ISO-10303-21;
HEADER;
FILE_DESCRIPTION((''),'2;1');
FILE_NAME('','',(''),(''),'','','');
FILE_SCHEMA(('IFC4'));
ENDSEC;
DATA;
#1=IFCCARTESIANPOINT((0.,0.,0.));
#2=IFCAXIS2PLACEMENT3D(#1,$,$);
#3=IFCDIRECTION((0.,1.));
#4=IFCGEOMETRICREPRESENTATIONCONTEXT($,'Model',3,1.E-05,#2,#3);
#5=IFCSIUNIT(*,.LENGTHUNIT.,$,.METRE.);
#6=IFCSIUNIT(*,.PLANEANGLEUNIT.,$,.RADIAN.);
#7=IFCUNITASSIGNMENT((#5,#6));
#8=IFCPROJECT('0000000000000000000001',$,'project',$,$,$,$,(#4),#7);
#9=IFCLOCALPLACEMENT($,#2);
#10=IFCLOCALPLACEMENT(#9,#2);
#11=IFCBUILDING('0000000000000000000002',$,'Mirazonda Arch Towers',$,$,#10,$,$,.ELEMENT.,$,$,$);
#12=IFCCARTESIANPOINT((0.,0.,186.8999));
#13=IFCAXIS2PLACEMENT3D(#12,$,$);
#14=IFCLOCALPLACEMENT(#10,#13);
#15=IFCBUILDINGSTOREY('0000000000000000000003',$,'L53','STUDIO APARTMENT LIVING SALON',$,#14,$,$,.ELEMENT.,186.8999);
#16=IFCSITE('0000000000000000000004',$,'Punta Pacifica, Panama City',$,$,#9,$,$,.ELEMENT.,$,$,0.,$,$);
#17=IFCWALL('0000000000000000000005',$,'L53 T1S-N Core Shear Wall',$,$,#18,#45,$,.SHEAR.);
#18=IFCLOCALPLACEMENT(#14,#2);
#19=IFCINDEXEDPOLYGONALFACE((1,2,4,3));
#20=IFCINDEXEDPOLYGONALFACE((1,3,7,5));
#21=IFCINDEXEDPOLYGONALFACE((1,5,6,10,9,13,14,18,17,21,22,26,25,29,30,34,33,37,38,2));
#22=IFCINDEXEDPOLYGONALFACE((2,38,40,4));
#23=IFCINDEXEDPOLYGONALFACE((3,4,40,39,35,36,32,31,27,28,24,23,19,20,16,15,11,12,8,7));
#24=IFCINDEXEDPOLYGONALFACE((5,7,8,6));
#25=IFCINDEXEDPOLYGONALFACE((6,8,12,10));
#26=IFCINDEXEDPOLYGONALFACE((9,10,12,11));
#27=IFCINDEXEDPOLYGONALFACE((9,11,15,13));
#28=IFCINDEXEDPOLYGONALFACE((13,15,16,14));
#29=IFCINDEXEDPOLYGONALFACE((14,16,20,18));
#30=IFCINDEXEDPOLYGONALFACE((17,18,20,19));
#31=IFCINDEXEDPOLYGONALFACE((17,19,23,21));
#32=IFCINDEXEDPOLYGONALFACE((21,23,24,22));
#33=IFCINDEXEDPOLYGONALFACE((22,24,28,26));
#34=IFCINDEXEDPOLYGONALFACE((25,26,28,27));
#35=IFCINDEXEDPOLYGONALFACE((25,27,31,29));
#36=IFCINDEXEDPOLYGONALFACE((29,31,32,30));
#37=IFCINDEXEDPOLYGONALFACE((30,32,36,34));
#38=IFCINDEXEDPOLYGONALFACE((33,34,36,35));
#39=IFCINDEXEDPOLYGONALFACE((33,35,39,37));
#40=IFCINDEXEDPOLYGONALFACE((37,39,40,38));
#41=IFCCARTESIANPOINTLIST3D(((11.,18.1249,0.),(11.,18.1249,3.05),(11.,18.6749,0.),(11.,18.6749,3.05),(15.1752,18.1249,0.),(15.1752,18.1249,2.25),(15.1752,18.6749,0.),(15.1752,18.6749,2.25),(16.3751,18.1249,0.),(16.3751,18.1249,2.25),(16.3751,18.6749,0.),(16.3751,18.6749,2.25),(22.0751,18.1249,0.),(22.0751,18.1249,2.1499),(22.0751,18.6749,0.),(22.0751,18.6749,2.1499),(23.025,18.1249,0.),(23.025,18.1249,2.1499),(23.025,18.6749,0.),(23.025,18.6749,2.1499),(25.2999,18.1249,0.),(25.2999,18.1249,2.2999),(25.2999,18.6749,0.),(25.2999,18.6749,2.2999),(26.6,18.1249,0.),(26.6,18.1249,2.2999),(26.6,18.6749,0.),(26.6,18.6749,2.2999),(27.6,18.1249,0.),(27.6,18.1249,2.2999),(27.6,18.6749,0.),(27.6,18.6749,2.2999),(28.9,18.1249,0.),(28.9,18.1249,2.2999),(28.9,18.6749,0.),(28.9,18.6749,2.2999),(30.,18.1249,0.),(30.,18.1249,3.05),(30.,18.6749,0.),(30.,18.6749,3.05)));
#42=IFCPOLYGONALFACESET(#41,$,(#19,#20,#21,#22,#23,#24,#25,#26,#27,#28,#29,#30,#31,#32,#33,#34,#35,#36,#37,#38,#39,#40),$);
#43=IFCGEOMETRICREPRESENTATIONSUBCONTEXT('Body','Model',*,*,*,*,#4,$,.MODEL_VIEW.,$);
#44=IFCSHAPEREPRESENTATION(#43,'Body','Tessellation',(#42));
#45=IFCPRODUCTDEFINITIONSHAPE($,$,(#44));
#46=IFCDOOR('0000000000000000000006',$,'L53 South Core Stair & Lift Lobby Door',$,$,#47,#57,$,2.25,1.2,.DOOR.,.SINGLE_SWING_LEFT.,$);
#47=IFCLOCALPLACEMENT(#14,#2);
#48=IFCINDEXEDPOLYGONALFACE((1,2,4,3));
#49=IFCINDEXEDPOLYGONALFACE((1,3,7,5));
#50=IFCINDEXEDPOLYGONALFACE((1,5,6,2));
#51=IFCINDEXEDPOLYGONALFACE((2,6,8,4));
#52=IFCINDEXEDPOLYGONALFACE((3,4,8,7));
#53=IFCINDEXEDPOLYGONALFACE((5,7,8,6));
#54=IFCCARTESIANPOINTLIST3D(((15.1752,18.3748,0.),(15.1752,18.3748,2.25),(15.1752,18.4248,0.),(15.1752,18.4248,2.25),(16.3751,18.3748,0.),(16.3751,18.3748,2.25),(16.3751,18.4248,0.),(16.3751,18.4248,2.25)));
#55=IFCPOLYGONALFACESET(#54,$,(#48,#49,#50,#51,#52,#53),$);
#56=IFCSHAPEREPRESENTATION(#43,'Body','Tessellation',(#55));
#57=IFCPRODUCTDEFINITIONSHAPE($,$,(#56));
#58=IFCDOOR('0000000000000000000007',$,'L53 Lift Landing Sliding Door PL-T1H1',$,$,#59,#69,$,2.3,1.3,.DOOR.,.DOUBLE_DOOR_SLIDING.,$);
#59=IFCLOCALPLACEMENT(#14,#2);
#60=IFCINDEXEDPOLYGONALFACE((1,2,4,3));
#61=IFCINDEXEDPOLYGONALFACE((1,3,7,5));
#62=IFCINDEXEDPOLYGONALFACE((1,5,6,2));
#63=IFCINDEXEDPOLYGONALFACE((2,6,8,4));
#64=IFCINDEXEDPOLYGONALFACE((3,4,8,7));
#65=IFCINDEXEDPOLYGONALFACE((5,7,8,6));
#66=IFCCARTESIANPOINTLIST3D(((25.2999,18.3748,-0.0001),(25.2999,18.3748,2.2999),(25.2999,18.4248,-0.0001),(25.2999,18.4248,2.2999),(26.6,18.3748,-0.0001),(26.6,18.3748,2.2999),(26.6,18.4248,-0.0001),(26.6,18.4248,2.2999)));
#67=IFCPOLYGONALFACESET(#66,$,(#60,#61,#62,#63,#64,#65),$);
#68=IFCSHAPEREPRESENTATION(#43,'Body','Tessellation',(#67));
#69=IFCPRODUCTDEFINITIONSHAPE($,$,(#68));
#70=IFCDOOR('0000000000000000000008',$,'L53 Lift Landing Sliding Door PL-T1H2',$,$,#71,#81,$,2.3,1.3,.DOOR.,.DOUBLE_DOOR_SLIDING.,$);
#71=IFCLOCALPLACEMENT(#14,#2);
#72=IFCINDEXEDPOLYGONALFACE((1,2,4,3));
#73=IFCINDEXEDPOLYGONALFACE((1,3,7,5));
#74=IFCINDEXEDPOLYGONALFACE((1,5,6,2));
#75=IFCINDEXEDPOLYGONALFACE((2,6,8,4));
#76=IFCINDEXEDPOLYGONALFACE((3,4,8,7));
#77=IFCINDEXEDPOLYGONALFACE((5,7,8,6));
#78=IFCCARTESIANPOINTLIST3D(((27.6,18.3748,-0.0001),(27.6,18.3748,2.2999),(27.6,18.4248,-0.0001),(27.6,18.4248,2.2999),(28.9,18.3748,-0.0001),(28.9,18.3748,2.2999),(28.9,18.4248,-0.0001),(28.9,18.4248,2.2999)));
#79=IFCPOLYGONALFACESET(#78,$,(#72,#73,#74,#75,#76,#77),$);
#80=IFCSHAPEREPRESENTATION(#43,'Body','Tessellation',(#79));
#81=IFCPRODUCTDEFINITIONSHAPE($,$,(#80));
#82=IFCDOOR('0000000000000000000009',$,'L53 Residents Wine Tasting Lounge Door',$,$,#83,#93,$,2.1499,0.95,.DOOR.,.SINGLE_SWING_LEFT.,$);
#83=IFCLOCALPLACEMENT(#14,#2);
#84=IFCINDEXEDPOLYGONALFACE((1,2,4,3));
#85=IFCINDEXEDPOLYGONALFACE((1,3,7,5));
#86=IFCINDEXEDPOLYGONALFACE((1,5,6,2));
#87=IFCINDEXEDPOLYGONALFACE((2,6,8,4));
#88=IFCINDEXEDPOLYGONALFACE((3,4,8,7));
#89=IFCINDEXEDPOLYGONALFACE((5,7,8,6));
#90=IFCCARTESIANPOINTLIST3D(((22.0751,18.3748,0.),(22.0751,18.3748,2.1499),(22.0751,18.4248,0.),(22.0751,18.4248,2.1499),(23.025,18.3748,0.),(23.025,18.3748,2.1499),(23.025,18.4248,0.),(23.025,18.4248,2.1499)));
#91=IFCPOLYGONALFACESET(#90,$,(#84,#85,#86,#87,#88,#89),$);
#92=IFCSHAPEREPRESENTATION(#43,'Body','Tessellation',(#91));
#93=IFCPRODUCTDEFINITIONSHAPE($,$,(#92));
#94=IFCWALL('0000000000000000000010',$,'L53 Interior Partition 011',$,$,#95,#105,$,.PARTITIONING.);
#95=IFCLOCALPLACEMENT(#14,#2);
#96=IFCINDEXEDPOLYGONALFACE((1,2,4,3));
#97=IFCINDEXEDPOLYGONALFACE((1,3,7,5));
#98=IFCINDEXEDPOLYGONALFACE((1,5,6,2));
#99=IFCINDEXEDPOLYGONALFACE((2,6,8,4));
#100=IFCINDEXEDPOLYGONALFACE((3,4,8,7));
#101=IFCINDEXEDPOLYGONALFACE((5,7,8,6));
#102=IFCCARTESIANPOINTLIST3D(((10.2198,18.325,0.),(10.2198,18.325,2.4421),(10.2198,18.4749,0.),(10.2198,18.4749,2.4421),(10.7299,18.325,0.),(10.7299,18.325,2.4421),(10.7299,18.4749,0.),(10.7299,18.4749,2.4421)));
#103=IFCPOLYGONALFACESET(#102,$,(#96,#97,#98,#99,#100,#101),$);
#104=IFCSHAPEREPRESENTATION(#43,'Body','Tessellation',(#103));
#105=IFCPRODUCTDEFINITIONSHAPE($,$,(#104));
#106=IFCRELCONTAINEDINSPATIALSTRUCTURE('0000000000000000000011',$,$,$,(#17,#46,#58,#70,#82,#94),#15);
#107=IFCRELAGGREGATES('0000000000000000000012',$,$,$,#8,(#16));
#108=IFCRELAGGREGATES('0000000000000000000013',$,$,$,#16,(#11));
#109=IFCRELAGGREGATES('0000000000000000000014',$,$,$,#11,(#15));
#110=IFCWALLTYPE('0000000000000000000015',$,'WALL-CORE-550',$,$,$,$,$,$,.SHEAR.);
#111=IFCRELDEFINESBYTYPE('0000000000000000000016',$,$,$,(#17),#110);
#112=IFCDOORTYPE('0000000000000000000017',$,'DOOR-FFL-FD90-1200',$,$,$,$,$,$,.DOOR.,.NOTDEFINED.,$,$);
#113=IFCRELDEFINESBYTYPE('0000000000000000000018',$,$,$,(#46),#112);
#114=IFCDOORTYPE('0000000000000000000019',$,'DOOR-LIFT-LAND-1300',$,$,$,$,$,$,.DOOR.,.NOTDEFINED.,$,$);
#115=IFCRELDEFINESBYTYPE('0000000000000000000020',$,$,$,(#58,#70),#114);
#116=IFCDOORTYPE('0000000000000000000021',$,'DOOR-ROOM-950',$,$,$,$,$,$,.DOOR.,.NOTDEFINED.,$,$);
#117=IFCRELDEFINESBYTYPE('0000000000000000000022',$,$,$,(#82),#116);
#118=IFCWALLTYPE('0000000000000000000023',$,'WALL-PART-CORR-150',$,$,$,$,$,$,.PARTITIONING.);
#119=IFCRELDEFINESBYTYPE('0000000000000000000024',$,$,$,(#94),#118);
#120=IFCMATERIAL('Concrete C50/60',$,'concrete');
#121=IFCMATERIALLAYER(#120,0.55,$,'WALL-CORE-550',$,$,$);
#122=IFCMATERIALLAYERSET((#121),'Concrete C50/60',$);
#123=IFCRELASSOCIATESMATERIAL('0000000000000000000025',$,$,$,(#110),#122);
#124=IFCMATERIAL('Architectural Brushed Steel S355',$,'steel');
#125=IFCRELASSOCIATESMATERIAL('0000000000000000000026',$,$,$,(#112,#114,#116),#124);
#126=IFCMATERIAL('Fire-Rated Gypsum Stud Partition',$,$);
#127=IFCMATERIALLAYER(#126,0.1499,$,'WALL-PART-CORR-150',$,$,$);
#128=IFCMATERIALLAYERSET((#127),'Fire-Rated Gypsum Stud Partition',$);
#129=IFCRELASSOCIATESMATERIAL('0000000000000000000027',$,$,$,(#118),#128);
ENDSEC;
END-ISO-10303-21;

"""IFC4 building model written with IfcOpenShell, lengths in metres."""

from ifc_helpers import new_model, si_unit, direction, frame, frame_2d, origin, place, context, subcontext, project, spatial, rectangle, extrude, material, layer, layer_set, type_object, element, fill, save


model = new_model("IFC4")

# Units and contexts
model_context = context("Model", 3, precision=1e-05, world=origin(), true_north=direction((0.0, 1.0)))
body_context = subcontext(model_context, "Body", "Model", "MODEL_VIEW")
ifc_project = project(units=[si_unit("LENGTHUNIT", "METRE"), si_unit("PLANEANGLEUNIT", "RADIAN")], contexts=[model_context])

# Site, building, storey
site_placement = place(None, origin())
site = spatial("IfcSite", under=ifc_project, at=site_placement, Name="Punta Pacifica, Panama City", CompositionType="ELEMENT", RefElevation=0.0)
building_placement = place(site_placement, origin())
building = spatial("IfcBuilding", under=site, at=building_placement, Name="Mirazonda Arch Towers", CompositionType="ELEMENT")
storey_placement = place(building_placement, frame((0.0, 0.0, 186.8999)))
storey = spatial("IfcBuildingStorey", under=building, at=storey_placement, Name="L53", Description="STUDIO APARTMENT LIVING SALON", CompositionType="ELEMENT", Elevation=186.8999)

# Shared definitions
ifc_material_1 = material(Name="Concrete C50/60", Category="concrete")

# Shared definitions
ifc_material_2 = material(Name="Architectural Brushed Steel S355", Category="steel")

# Wall, openings, doors
ifc_layer_1 = layer(ifc_material_1, 0.55, Name="WALL-CORE-550")
ifc_layer_set_1 = layer_set([ifc_layer_1], Name="Concrete C50/60")
wall_type_1 = type_object("IfcWallType", Name="WALL-CORE-550", PredefinedType="SHEAR", material=ifc_layer_set_1)
wall_1_placement = place(storey_placement, frame((11.0, 18.3999, 0.0), z_axis=(0.0, 0.0, 1.0), x_axis=(1.0, 0.0, 0.0)))
wall_1 = element("IfcWall", 1, at=wall_1_placement, inside=storey, type_object=wall_type_1, Name="L53 T1S-N Core Shear Wall", PredefinedType="SHEAR", context=body_context, shape_type="SweptSolid", body=[
    extrude(rectangle(XDim=19.0, YDim=0.55, at=frame_2d((9.5, 0.0))), origin(), (0.0, 0.0, 1.0), 3.05),
])
opening_1_placement = place(wall_1_placement, frame((4.175, 0.0, 0.0)))
opening_1 = element("IfcOpeningElement", 2, at=opening_1_placement, cuts=wall_1, PredefinedType="OPENING", context=body_context, shape_type="SweptSolid", body=[
    extrude(rectangle(XDim=1.2, YDim=2.25, at=frame_2d((0.6001, 1.125))), frame((0.0, 0.2849, 0.0), z_axis=(0.0, -1.0, 0.0), x_axis=(1.0, 0.0, 0.0)), (0.0, 0.0, 1.0), 0.5701),
])
opening_2_placement = place(wall_1_placement, frame((11.075, 0.0, 0.0)))
opening_2 = element("IfcOpeningElement", 3, at=opening_2_placement, cuts=wall_1, PredefinedType="OPENING", context=body_context, shape_type="SweptSolid", body=[
    extrude(rectangle(XDim=0.95, YDim=2.1499, at=frame_2d((0.4751, 1.075))), frame((0.0, 0.2849, 0.0), z_axis=(0.0, -1.0, 0.0), x_axis=(1.0, 0.0, 0.0)), (0.0, 0.0, 1.0), 0.5701),
])
opening_3_placement = place(wall_1_placement, frame((14.3, 0.0, 0.0)))
opening_3 = element("IfcOpeningElement", 4, at=opening_3_placement, cuts=wall_1, PredefinedType="OPENING", context=body_context, shape_type="SweptSolid", body=[
    extrude(rectangle(XDim=1.3, YDim=2.3, at=frame_2d((0.6499, 1.1499))), frame((0.0, 0.2849, 0.0), z_axis=(0.0, -1.0, 0.0), x_axis=(1.0, 0.0, 0.0)), (0.0, 0.0, 1.0), 0.5701),
])
opening_4_placement = place(wall_1_placement, frame((16.6001, 0.0, 0.0)))
opening_4 = element("IfcOpeningElement", 5, at=opening_4_placement, cuts=wall_1, PredefinedType="OPENING", context=body_context, shape_type="SweptSolid", body=[
    extrude(rectangle(XDim=1.3, YDim=2.3, at=frame_2d((0.6499, 1.1499))), frame((0.0, 0.2849, 0.0), z_axis=(0.0, -1.0, 0.0), x_axis=(1.0, 0.0, 0.0)), (0.0, 0.0, 1.0), 0.5701),
])
door_type_1 = type_object("IfcDoorType", Name="DOOR-FFL-FD90-1200", OperationType="NOTDEFINED", PredefinedType="DOOR", material=ifc_material_2)
door_1_placement = place(opening_1_placement, origin())
door_1 = element("IfcDoor", 6, at=door_1_placement, inside=storey, type_object=door_type_1, Name="L53 South Core Stair & Lift Lobby Door", OperationType="SINGLE_SWING_LEFT", OverallHeight=2.25, OverallWidth=1.2, PredefinedType="DOOR", context=body_context, shape_type="SweptSolid", body=[
    extrude(rectangle(XDim=1.2, YDim=2.25, at=frame_2d((0.6001, 1.125))), frame((0.0, 0.0249, 0.0), z_axis=(0.0, -1.0, 0.0), x_axis=(1.0, 0.0, 0.0)), (0.0, 0.0, 1.0), 0.05),
])
fill(opening_1, door_1)
door_type_2 = type_object("IfcDoorType", Name="DOOR-LIFT-LAND-1300", OperationType="NOTDEFINED", PredefinedType="DOOR", material=ifc_material_2)
door_2_placement = place(opening_3_placement, origin())
door_2 = element("IfcDoor", 7, at=door_2_placement, inside=storey, type_object=door_type_2, Name="L53 Lift Landing Sliding Door PL-T1H1", OperationType="DOUBLE_DOOR_SLIDING", OverallHeight=2.3, OverallWidth=1.3, PredefinedType="DOOR", context=body_context, shape_type="SweptSolid", body=[
    extrude(rectangle(XDim=1.3, YDim=2.3, at=frame_2d((0.6499, 1.1499))), frame((0.0, 0.0249, 0.0), z_axis=(0.0, -1.0, 0.0), x_axis=(1.0, 0.0, 0.0)), (0.0, 0.0, 1.0), 0.05),
])
fill(opening_3, door_2)
door_3_placement = place(opening_4_placement, origin())
door_3 = element("IfcDoor", 8, at=door_3_placement, inside=storey, type_object=door_type_2, Name="L53 Lift Landing Sliding Door PL-T1H2", OperationType="DOUBLE_DOOR_SLIDING", OverallHeight=2.3, OverallWidth=1.3, PredefinedType="DOOR", context=body_context, shape_type="SweptSolid", body=[
    extrude(rectangle(XDim=1.3, YDim=2.3, at=frame_2d((0.6499, 1.1499))), frame((0.0, 0.0249, 0.0), z_axis=(0.0, -1.0, 0.0), x_axis=(1.0, 0.0, 0.0)), (0.0, 0.0, 1.0), 0.05),
])
fill(opening_4, door_3)
door_type_3 = type_object("IfcDoorType", Name="DOOR-ROOM-950", OperationType="NOTDEFINED", PredefinedType="DOOR", material=ifc_material_2)
door_4_placement = place(opening_2_placement, origin())
door_4 = element("IfcDoor", 9, at=door_4_placement, inside=storey, type_object=door_type_3, Name="L53 Residents Wine Tasting Lounge Door", OperationType="SINGLE_SWING_LEFT", OverallHeight=2.1499, OverallWidth=0.95, PredefinedType="DOOR", context=body_context, shape_type="SweptSolid", body=[
    extrude(rectangle(XDim=0.95, YDim=2.1499, at=frame_2d((0.4751, 1.075))), frame((0.0, 0.0249, 0.0), z_axis=(0.0, -1.0, 0.0), x_axis=(1.0, 0.0, 0.0)), (0.0, 0.0, 1.0), 0.05),
])
fill(opening_2, door_4)

# Wall
ifc_material_3 = material(Name="Fire-Rated Gypsum Stud Partition")
ifc_layer_2 = layer(ifc_material_3, 0.1499, Name="WALL-PART-CORR-150")
ifc_layer_set_2 = layer_set([ifc_layer_2], Name="Fire-Rated Gypsum Stud Partition")
wall_type_2 = type_object("IfcWallType", Name="WALL-PART-CORR-150", PredefinedType="PARTITIONING", material=ifc_layer_set_2)
wall_2_placement = place(storey_placement, frame((10.22, 18.3999, 0.0), z_axis=(0.0, 0.0, 1.0), x_axis=(1.0, 0.0, 0.0)))
element("IfcWall", 10, at=wall_2_placement, inside=storey, type_object=wall_type_2, Name="L53 Interior Partition 011", PredefinedType="PARTITIONING", context=body_context, shape_type="SweptSolid", body=[
    extrude(rectangle(XDim=0.51, YDim=0.1499, at=frame_2d((0.2549, 0.0))), origin(), (0.0, 0.0, 1.0), 2.4421),
])

save(model, "model.ifc")
